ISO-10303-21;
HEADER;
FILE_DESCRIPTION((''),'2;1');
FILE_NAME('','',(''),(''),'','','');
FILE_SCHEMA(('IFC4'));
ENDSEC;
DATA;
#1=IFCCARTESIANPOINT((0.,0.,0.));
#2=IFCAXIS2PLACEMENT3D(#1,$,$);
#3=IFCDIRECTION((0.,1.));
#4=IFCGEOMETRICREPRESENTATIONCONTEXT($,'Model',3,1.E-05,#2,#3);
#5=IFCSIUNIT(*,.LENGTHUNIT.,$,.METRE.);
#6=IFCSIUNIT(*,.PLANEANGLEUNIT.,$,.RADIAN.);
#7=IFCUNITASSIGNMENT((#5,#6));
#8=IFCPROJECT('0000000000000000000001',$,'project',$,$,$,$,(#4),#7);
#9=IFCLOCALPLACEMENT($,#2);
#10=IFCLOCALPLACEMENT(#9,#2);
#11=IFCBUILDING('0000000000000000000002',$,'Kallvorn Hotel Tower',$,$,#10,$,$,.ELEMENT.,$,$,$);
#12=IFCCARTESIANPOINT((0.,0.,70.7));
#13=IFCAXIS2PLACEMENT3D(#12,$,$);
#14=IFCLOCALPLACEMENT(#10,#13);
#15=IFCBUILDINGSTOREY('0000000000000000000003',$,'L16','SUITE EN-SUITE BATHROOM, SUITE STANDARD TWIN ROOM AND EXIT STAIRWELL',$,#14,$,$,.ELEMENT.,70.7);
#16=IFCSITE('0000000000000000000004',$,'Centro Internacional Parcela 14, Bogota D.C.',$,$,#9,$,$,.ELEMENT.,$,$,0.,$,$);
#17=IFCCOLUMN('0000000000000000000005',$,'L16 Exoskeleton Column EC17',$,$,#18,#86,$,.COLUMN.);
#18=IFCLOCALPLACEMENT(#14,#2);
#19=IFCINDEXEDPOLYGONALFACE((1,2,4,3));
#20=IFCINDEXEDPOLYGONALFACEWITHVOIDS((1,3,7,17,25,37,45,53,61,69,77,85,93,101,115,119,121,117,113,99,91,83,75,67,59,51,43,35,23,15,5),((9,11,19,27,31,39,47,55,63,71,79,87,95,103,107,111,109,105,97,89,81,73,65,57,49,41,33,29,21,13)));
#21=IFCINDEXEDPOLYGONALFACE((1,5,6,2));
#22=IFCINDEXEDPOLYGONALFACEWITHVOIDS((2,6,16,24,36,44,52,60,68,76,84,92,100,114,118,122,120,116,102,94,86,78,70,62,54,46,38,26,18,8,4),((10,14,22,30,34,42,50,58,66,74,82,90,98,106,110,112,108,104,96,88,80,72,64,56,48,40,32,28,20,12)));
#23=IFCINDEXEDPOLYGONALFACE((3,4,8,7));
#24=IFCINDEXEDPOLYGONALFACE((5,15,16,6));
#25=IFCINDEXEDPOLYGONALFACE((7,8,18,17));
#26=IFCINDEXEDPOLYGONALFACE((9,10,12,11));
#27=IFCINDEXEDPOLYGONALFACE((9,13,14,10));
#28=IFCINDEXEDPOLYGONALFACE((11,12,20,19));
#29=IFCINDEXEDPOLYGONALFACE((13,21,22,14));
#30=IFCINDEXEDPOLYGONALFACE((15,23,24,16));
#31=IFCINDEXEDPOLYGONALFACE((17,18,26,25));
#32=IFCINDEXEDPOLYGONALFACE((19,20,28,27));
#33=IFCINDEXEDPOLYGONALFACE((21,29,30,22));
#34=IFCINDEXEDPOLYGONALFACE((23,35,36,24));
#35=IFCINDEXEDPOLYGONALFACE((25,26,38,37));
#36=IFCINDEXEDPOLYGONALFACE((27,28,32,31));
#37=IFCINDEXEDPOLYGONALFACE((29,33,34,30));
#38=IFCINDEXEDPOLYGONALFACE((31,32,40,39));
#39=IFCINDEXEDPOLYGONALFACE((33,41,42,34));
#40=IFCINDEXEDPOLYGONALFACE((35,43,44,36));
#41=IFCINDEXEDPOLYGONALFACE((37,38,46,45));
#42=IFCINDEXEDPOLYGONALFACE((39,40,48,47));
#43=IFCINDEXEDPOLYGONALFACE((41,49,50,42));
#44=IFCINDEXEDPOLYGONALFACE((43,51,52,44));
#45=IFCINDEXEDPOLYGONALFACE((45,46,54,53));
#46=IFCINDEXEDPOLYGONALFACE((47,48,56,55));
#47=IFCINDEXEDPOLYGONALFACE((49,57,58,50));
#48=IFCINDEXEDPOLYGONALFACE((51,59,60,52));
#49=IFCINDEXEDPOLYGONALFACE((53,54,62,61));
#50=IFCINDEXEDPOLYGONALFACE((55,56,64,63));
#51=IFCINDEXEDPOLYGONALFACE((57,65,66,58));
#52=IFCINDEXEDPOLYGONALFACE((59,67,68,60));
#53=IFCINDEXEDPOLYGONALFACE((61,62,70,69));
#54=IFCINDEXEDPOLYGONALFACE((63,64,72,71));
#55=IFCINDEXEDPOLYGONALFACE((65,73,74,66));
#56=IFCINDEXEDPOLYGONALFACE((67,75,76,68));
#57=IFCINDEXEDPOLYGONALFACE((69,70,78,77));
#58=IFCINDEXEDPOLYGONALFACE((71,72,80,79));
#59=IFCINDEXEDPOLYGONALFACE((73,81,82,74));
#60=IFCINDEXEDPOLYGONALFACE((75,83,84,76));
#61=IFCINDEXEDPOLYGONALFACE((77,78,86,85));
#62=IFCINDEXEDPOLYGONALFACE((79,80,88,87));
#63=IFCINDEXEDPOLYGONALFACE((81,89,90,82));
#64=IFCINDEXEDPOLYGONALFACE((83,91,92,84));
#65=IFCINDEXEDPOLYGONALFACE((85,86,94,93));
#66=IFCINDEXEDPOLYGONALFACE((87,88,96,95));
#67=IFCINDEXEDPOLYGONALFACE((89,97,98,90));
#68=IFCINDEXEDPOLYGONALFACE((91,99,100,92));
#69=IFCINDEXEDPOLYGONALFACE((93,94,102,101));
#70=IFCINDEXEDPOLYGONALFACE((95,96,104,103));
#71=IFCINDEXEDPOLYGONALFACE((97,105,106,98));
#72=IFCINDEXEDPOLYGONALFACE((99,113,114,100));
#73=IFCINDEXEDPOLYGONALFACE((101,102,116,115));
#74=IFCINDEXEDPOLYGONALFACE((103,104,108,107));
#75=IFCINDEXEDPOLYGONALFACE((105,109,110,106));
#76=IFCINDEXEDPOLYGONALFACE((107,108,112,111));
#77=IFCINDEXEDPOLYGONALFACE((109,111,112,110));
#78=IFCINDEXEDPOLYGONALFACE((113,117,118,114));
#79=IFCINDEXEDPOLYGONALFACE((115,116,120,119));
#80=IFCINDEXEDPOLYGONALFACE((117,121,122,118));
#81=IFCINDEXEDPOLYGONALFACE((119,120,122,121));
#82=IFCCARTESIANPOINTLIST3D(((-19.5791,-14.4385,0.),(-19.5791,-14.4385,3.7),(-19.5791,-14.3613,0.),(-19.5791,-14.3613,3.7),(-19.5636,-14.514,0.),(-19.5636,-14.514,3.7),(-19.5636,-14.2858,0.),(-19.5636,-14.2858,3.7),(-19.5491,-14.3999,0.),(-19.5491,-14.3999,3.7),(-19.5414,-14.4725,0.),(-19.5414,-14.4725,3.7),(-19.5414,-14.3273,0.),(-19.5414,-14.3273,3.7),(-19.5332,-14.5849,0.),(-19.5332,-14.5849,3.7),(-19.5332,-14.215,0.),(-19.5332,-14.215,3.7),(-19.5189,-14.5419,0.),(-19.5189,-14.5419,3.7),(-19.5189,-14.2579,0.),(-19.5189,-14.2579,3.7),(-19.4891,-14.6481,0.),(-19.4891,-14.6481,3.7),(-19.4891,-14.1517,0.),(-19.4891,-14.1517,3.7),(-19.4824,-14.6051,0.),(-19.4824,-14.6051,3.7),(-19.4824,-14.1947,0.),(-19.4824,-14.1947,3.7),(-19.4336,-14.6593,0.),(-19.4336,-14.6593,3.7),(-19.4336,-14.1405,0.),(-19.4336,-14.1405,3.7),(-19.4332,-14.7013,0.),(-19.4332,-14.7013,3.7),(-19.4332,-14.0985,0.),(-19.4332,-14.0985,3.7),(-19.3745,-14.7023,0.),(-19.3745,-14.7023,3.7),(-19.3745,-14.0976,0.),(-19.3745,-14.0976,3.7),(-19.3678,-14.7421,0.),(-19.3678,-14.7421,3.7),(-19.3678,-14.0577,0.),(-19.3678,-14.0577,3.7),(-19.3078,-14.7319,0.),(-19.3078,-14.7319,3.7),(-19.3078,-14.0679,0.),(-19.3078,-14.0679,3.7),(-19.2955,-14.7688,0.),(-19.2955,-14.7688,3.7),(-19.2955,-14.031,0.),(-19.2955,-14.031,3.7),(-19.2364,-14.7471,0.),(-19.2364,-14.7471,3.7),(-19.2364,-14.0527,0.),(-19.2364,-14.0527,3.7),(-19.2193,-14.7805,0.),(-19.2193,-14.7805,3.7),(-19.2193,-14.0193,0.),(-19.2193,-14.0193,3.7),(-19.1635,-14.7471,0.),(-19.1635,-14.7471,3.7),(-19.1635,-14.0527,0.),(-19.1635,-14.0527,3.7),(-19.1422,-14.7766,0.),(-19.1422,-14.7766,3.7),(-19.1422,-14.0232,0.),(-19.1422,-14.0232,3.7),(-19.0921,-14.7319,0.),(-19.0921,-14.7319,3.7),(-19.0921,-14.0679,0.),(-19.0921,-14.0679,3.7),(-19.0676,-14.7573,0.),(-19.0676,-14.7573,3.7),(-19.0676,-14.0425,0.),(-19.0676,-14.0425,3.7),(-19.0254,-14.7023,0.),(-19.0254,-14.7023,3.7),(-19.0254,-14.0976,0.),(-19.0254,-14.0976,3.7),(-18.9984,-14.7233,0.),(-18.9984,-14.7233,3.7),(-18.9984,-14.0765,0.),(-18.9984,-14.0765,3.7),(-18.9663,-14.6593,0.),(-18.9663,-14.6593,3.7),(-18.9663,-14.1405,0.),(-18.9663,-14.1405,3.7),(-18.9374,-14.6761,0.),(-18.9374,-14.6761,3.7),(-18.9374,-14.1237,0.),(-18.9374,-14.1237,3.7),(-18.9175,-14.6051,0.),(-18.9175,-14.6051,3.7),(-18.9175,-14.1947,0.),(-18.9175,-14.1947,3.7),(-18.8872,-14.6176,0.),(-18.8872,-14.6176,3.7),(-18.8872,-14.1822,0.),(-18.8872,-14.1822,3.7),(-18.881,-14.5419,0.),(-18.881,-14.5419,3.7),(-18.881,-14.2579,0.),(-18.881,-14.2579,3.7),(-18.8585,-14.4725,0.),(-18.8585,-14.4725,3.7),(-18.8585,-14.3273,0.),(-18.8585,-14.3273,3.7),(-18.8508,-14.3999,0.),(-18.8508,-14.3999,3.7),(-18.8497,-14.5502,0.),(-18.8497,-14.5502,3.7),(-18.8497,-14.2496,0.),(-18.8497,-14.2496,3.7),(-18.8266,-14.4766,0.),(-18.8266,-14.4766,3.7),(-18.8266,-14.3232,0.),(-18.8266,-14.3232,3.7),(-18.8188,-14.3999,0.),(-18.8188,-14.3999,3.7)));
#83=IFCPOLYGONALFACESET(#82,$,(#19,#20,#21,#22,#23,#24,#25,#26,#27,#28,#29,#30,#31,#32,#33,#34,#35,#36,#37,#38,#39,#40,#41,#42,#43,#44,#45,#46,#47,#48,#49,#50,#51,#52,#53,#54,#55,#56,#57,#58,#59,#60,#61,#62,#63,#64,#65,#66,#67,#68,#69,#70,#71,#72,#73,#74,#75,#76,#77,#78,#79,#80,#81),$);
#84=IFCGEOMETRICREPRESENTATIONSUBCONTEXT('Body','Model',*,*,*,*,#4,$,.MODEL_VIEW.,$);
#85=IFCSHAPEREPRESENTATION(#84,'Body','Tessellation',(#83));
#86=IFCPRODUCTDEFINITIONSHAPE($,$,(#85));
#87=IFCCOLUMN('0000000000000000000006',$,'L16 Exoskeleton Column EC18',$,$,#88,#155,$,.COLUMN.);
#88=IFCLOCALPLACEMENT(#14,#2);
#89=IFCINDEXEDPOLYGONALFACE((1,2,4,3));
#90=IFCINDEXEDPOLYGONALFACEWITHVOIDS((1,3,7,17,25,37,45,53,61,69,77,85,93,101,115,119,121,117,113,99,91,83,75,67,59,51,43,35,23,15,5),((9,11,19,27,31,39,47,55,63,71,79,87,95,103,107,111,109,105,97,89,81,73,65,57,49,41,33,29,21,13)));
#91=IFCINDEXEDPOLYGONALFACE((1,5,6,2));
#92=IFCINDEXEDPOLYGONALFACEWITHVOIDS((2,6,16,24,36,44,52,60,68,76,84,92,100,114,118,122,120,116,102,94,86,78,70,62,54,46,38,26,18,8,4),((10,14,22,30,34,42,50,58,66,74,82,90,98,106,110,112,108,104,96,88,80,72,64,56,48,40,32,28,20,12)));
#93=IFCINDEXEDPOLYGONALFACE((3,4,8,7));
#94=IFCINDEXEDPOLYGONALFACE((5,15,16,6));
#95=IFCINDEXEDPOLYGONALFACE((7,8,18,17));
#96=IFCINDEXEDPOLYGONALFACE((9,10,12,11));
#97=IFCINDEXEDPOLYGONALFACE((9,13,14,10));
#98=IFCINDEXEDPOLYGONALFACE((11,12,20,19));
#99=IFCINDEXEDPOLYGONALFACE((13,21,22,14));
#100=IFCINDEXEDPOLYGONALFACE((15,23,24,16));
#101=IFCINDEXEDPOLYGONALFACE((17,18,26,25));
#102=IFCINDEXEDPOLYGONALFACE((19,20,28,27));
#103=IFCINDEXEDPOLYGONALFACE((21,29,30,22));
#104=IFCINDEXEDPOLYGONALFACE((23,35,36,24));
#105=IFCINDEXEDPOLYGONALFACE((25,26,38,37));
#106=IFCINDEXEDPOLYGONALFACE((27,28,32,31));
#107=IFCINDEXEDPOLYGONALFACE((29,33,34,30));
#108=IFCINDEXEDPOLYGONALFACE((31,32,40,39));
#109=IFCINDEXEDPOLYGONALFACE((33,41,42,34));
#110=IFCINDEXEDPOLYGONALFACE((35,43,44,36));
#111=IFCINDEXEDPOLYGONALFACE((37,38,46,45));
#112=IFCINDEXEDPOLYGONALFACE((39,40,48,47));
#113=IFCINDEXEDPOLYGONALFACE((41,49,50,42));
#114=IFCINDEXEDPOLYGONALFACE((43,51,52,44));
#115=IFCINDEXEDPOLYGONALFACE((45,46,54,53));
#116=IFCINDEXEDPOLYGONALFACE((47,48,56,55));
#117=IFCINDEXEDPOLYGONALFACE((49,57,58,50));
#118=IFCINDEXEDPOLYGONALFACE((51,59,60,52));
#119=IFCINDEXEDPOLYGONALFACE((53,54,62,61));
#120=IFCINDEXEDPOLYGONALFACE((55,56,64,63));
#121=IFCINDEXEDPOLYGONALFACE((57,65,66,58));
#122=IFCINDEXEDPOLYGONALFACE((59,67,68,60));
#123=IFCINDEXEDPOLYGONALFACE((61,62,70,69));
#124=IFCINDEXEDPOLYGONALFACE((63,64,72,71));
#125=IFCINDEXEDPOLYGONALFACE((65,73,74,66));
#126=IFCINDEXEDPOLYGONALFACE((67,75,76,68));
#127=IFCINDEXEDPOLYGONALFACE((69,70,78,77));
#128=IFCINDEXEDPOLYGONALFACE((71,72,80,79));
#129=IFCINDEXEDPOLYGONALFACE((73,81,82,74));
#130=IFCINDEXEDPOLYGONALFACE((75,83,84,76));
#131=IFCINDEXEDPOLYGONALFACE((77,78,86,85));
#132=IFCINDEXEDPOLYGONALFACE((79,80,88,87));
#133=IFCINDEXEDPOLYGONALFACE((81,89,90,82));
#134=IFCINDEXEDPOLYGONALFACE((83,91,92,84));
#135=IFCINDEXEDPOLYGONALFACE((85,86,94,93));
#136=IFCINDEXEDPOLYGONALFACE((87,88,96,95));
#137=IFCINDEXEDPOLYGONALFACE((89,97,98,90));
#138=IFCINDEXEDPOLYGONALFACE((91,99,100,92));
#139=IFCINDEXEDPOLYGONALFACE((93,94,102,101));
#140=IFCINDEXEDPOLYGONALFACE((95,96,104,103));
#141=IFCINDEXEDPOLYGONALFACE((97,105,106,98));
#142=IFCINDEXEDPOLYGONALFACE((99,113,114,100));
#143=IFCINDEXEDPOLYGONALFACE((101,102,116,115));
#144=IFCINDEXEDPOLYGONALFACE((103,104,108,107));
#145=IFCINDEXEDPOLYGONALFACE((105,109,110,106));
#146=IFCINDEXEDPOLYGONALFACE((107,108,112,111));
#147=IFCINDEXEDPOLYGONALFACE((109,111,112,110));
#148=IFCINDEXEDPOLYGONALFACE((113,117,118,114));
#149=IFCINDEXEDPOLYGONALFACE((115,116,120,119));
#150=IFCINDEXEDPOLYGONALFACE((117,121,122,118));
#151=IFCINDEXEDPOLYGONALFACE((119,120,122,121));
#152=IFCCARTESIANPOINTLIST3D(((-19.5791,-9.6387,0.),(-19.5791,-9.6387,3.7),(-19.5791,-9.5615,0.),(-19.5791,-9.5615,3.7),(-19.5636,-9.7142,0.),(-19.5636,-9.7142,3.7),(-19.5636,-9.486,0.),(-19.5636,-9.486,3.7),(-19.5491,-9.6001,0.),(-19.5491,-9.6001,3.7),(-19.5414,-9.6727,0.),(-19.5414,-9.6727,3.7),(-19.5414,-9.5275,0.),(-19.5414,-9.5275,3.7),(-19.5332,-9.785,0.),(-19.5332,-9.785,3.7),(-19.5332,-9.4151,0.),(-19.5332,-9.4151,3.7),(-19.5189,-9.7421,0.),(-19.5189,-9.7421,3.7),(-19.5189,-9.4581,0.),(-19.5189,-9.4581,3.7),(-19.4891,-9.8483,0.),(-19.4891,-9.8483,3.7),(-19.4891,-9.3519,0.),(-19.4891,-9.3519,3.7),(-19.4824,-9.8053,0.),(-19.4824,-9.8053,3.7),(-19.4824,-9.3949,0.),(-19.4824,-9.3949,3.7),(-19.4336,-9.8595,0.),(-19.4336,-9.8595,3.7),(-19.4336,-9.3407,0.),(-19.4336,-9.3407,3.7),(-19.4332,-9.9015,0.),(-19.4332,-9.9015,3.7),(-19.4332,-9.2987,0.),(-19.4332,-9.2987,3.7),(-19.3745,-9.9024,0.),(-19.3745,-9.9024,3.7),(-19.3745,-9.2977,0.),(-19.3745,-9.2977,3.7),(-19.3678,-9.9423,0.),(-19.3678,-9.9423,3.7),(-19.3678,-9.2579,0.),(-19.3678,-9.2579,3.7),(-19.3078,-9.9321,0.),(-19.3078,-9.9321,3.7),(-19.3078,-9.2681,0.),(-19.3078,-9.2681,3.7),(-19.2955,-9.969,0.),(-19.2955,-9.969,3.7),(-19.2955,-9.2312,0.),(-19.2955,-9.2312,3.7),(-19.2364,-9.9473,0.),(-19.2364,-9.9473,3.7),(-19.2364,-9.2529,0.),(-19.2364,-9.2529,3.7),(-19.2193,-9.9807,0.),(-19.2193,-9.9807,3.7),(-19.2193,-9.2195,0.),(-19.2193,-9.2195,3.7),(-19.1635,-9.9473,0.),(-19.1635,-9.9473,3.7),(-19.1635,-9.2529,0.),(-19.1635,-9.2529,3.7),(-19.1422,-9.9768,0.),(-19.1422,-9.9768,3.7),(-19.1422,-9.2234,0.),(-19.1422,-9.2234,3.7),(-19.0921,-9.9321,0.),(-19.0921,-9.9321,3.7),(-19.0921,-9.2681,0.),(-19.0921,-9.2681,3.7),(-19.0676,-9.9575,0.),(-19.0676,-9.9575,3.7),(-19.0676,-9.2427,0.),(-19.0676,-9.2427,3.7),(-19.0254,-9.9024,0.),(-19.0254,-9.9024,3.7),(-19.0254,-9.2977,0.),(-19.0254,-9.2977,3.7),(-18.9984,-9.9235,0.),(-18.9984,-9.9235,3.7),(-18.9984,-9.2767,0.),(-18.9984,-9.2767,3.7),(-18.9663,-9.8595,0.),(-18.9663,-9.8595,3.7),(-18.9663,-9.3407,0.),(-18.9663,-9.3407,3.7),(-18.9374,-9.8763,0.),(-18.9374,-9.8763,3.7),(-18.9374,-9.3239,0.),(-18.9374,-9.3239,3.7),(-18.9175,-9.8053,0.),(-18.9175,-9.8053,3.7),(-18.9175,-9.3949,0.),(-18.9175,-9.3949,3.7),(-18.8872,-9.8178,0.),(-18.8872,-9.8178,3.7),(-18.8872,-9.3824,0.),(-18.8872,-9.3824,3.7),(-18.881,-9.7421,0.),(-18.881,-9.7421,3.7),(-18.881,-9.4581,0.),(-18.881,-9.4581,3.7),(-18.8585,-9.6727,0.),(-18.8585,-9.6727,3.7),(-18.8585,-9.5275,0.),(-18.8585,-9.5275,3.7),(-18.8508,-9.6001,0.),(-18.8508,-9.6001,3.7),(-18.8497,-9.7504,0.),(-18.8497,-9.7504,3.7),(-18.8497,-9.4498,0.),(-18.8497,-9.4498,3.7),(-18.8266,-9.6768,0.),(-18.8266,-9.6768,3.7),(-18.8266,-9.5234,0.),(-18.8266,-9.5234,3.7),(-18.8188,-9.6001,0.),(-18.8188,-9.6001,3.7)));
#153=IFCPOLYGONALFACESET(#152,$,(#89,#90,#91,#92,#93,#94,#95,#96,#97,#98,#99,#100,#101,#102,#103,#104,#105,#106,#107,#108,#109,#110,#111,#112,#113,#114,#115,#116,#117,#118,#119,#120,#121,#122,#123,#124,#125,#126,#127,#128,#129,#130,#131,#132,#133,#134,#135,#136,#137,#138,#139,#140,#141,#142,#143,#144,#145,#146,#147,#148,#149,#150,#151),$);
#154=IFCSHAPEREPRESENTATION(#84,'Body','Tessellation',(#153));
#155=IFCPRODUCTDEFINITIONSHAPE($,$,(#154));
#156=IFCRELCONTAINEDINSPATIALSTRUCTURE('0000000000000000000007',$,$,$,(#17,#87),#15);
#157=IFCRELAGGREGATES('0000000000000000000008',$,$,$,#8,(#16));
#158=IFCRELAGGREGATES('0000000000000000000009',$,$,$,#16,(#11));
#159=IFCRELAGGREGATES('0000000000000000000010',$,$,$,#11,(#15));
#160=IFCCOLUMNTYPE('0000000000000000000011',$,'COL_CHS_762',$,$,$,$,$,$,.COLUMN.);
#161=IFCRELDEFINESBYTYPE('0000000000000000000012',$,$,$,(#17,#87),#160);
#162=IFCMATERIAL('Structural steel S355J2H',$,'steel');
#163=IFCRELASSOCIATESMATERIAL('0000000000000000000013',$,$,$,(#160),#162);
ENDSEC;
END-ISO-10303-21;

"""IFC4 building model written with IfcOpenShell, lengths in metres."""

from ifc_helpers import new_model, si_unit, direction, frame, origin, origin_2d, place, context, subcontext, project, spatial, hollow_circle, extrude, material, material_profile, profile_set, type_object, element, save


model = new_model("IFC4")

# Units and contexts
model_context = context("Model", 3, precision=1e-05, world=origin(), true_north=direction((0.0, 1.0)))
body_context = subcontext(model_context, "Body", "Model", "MODEL_VIEW")
ifc_project = project(units=[si_unit("LENGTHUNIT", "METRE"), si_unit("PLANEANGLEUNIT", "RADIAN")], contexts=[model_context])

# Site, building, storey
site_placement = place(None, origin())
site = spatial("IfcSite", under=ifc_project, at=site_placement, Name="Centro Internacional Parcela 14, Bogota D.C.", CompositionType="ELEMENT", RefElevation=0.0)
building_placement = place(site_placement, origin())
building = spatial("IfcBuilding", under=site, at=building_placement, Name="Kallvorn Hotel Tower", CompositionType="ELEMENT")
storey_placement = place(building_placement, frame((0.0, 0.0, 70.7)))
storey = spatial("IfcBuildingStorey", under=building, at=storey_placement, Name="L16", Description="SUITE EN-SUITE BATHROOM, SUITE STANDARD TWIN ROOM AND EXIT STAIRWELL", CompositionType="ELEMENT", Elevation=70.7)

# Columns
ifc_material_1 = material(Name="Structural steel S355J2H", Category="steel")
ifc_material_profile_1 = material_profile(ifc_material_1, hollow_circle(Radius=0.3811, WallThickness=0.032, at=origin_2d()), Name="CHS 762x32")
ifc_profile_set_1 = profile_set([ifc_material_profile_1], Name="Structural steel S355J2H")
column_type_1 = type_object("IfcColumnType", Name="COL_CHS_762", PredefinedType="COLUMN", material=ifc_profile_set_1)
for number, where, z_axis, x_axis, name in (
    (1, (-19.2, -14.3999, 0.0), (0.0, 0.0, 1.0), (1.0, 0.0, 0.0), "L16 Exoskeleton Column EC17"),
    (2, (-19.2, -9.6001, 0.0), (0.0, 0.0, 1.0), (1.0, 0.0, 0.0), "L16 Exoskeleton Column EC18"),
):
    element("IfcColumn", number, at=place(storey_placement, frame(where, z_axis=z_axis, x_axis=x_axis)), inside=storey, type_object=column_type_1, Name=name, PredefinedType="COLUMN", context=body_context, shape_type="SweptSolid", body=[
        extrude(hollow_circle(Radius=0.3811, WallThickness=0.032, at=origin_2d()), origin(), (0.0, 0.0, 1.0), 3.7),
    ])

save(model, "model.ifc")
